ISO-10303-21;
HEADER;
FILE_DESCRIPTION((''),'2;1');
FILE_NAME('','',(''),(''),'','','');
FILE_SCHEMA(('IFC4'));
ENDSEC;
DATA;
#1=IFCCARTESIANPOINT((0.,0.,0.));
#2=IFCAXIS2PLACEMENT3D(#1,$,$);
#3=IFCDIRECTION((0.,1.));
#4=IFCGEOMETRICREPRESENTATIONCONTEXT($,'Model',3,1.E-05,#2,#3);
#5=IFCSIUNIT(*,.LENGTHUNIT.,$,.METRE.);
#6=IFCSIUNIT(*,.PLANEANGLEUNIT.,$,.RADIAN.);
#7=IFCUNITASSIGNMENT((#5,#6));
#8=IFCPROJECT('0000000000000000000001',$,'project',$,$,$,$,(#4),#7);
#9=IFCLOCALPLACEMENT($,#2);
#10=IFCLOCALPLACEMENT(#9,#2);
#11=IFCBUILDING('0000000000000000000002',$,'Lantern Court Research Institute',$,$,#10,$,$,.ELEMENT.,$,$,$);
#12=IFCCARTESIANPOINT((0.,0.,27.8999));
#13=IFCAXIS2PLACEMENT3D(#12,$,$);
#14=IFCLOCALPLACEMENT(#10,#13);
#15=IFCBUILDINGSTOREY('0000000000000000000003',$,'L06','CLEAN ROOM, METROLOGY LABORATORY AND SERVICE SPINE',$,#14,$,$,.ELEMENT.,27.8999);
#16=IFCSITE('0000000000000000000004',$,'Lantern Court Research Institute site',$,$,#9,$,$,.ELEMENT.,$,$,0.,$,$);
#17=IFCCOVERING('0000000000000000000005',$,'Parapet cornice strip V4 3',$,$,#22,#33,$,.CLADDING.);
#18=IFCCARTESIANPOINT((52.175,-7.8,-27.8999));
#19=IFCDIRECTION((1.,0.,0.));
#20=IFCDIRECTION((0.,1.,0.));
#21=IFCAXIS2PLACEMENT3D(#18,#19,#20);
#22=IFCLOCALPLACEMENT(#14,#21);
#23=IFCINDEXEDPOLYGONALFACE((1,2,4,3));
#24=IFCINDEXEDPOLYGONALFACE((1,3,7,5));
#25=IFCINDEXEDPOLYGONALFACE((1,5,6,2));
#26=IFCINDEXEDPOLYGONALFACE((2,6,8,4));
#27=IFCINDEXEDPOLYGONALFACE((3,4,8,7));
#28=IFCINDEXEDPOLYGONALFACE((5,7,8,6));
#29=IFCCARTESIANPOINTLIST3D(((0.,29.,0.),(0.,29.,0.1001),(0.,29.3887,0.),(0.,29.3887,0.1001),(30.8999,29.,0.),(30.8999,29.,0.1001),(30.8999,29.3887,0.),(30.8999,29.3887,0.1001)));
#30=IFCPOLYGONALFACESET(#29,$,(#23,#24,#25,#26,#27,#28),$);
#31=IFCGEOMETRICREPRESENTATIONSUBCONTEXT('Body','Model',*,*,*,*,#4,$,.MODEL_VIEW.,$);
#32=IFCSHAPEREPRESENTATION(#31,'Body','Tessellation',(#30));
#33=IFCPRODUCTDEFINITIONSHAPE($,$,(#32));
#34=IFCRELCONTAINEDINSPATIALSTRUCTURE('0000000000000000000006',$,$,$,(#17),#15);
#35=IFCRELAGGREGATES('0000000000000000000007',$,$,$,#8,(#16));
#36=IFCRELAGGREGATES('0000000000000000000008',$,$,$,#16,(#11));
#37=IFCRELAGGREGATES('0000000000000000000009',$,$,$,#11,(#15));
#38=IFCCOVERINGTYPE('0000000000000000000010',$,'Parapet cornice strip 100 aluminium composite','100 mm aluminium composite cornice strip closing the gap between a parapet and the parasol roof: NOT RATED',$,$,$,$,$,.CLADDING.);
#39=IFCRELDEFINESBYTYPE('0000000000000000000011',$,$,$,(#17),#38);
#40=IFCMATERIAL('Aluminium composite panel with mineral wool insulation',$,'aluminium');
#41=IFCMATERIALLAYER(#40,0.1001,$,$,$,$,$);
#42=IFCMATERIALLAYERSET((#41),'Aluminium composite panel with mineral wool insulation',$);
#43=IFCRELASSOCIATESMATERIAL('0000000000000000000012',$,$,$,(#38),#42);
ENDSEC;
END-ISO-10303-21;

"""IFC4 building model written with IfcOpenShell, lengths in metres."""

from ifc_helpers import new_model, si_unit, direction, frame, origin, place, context, subcontext, project, spatial, polyline, outline, extrude, material, layer, layer_set, type_object, element, save


model = new_model("IFC4")

# Units and contexts
model_context = context("Model", 3, precision=1e-05, world=origin(), true_north=direction((0.0, 1.0)))
body_context = subcontext(model_context, "Body", "Model", "MODEL_VIEW")
ifc_project = project(units=[si_unit("LENGTHUNIT", "METRE"), si_unit("PLANEANGLEUNIT", "RADIAN")], contexts=[model_context])

# Site, building, storey
site_placement = place(None, origin())
site = spatial("IfcSite", under=ifc_project, at=site_placement, Name="Lantern Court Research Institute site", CompositionType="ELEMENT", RefElevation=0.0)
building_placement = place(site_placement, origin())
building = spatial("IfcBuilding", under=site, at=building_placement, Name="Lantern Court Research Institute", CompositionType="ELEMENT")
storey_placement = place(building_placement, frame((0.0, 0.0, 27.8999)))
storey = spatial("IfcBuildingStorey", under=building, at=storey_placement, Name="L06", Description="CLEAN ROOM, METROLOGY LABORATORY AND SERVICE SPINE", CompositionType="ELEMENT", Elevation=27.8999)

# Covering
ifc_material_1 = material(Name="Aluminium composite panel with mineral wool insulation", Category="aluminium")
ifc_layer = layer(ifc_material_1, 0.1001)
ifc_layer_set = layer_set([ifc_layer], Name="Aluminium composite panel with mineral wool insulation")
covering_type = type_object("IfcCoveringType", Name="Parapet cornice strip 100 aluminium composite", Description="100 mm aluminium composite cornice strip closing the gap between a parapet and the parasol roof: NOT RATED", PredefinedType="CLADDING", material=ifc_layer_set)
covering_placement = place(storey_placement, frame((52.175, -7.8, -27.8999), z_axis=(1.0, 0.0, 0.0), x_axis=(0.0, 1.0, 0.0)))
element("IfcCovering", 1, at=covering_placement, inside=storey, type_object=covering_type, Name="Parapet cornice strip V4 3", PredefinedType="CLADDING", context=body_context, shape_type="SweptSolid", body=[
    extrude(outline(polyline([(0.0, 29.0), (30.8999, 29.0), (30.8999, 29.3887), (0.0, 29.3887), (0.0, 29.0)])), origin(), (0.0, 0.0, 1.0), 0.1001),
])

save(model, "model.ifc")
